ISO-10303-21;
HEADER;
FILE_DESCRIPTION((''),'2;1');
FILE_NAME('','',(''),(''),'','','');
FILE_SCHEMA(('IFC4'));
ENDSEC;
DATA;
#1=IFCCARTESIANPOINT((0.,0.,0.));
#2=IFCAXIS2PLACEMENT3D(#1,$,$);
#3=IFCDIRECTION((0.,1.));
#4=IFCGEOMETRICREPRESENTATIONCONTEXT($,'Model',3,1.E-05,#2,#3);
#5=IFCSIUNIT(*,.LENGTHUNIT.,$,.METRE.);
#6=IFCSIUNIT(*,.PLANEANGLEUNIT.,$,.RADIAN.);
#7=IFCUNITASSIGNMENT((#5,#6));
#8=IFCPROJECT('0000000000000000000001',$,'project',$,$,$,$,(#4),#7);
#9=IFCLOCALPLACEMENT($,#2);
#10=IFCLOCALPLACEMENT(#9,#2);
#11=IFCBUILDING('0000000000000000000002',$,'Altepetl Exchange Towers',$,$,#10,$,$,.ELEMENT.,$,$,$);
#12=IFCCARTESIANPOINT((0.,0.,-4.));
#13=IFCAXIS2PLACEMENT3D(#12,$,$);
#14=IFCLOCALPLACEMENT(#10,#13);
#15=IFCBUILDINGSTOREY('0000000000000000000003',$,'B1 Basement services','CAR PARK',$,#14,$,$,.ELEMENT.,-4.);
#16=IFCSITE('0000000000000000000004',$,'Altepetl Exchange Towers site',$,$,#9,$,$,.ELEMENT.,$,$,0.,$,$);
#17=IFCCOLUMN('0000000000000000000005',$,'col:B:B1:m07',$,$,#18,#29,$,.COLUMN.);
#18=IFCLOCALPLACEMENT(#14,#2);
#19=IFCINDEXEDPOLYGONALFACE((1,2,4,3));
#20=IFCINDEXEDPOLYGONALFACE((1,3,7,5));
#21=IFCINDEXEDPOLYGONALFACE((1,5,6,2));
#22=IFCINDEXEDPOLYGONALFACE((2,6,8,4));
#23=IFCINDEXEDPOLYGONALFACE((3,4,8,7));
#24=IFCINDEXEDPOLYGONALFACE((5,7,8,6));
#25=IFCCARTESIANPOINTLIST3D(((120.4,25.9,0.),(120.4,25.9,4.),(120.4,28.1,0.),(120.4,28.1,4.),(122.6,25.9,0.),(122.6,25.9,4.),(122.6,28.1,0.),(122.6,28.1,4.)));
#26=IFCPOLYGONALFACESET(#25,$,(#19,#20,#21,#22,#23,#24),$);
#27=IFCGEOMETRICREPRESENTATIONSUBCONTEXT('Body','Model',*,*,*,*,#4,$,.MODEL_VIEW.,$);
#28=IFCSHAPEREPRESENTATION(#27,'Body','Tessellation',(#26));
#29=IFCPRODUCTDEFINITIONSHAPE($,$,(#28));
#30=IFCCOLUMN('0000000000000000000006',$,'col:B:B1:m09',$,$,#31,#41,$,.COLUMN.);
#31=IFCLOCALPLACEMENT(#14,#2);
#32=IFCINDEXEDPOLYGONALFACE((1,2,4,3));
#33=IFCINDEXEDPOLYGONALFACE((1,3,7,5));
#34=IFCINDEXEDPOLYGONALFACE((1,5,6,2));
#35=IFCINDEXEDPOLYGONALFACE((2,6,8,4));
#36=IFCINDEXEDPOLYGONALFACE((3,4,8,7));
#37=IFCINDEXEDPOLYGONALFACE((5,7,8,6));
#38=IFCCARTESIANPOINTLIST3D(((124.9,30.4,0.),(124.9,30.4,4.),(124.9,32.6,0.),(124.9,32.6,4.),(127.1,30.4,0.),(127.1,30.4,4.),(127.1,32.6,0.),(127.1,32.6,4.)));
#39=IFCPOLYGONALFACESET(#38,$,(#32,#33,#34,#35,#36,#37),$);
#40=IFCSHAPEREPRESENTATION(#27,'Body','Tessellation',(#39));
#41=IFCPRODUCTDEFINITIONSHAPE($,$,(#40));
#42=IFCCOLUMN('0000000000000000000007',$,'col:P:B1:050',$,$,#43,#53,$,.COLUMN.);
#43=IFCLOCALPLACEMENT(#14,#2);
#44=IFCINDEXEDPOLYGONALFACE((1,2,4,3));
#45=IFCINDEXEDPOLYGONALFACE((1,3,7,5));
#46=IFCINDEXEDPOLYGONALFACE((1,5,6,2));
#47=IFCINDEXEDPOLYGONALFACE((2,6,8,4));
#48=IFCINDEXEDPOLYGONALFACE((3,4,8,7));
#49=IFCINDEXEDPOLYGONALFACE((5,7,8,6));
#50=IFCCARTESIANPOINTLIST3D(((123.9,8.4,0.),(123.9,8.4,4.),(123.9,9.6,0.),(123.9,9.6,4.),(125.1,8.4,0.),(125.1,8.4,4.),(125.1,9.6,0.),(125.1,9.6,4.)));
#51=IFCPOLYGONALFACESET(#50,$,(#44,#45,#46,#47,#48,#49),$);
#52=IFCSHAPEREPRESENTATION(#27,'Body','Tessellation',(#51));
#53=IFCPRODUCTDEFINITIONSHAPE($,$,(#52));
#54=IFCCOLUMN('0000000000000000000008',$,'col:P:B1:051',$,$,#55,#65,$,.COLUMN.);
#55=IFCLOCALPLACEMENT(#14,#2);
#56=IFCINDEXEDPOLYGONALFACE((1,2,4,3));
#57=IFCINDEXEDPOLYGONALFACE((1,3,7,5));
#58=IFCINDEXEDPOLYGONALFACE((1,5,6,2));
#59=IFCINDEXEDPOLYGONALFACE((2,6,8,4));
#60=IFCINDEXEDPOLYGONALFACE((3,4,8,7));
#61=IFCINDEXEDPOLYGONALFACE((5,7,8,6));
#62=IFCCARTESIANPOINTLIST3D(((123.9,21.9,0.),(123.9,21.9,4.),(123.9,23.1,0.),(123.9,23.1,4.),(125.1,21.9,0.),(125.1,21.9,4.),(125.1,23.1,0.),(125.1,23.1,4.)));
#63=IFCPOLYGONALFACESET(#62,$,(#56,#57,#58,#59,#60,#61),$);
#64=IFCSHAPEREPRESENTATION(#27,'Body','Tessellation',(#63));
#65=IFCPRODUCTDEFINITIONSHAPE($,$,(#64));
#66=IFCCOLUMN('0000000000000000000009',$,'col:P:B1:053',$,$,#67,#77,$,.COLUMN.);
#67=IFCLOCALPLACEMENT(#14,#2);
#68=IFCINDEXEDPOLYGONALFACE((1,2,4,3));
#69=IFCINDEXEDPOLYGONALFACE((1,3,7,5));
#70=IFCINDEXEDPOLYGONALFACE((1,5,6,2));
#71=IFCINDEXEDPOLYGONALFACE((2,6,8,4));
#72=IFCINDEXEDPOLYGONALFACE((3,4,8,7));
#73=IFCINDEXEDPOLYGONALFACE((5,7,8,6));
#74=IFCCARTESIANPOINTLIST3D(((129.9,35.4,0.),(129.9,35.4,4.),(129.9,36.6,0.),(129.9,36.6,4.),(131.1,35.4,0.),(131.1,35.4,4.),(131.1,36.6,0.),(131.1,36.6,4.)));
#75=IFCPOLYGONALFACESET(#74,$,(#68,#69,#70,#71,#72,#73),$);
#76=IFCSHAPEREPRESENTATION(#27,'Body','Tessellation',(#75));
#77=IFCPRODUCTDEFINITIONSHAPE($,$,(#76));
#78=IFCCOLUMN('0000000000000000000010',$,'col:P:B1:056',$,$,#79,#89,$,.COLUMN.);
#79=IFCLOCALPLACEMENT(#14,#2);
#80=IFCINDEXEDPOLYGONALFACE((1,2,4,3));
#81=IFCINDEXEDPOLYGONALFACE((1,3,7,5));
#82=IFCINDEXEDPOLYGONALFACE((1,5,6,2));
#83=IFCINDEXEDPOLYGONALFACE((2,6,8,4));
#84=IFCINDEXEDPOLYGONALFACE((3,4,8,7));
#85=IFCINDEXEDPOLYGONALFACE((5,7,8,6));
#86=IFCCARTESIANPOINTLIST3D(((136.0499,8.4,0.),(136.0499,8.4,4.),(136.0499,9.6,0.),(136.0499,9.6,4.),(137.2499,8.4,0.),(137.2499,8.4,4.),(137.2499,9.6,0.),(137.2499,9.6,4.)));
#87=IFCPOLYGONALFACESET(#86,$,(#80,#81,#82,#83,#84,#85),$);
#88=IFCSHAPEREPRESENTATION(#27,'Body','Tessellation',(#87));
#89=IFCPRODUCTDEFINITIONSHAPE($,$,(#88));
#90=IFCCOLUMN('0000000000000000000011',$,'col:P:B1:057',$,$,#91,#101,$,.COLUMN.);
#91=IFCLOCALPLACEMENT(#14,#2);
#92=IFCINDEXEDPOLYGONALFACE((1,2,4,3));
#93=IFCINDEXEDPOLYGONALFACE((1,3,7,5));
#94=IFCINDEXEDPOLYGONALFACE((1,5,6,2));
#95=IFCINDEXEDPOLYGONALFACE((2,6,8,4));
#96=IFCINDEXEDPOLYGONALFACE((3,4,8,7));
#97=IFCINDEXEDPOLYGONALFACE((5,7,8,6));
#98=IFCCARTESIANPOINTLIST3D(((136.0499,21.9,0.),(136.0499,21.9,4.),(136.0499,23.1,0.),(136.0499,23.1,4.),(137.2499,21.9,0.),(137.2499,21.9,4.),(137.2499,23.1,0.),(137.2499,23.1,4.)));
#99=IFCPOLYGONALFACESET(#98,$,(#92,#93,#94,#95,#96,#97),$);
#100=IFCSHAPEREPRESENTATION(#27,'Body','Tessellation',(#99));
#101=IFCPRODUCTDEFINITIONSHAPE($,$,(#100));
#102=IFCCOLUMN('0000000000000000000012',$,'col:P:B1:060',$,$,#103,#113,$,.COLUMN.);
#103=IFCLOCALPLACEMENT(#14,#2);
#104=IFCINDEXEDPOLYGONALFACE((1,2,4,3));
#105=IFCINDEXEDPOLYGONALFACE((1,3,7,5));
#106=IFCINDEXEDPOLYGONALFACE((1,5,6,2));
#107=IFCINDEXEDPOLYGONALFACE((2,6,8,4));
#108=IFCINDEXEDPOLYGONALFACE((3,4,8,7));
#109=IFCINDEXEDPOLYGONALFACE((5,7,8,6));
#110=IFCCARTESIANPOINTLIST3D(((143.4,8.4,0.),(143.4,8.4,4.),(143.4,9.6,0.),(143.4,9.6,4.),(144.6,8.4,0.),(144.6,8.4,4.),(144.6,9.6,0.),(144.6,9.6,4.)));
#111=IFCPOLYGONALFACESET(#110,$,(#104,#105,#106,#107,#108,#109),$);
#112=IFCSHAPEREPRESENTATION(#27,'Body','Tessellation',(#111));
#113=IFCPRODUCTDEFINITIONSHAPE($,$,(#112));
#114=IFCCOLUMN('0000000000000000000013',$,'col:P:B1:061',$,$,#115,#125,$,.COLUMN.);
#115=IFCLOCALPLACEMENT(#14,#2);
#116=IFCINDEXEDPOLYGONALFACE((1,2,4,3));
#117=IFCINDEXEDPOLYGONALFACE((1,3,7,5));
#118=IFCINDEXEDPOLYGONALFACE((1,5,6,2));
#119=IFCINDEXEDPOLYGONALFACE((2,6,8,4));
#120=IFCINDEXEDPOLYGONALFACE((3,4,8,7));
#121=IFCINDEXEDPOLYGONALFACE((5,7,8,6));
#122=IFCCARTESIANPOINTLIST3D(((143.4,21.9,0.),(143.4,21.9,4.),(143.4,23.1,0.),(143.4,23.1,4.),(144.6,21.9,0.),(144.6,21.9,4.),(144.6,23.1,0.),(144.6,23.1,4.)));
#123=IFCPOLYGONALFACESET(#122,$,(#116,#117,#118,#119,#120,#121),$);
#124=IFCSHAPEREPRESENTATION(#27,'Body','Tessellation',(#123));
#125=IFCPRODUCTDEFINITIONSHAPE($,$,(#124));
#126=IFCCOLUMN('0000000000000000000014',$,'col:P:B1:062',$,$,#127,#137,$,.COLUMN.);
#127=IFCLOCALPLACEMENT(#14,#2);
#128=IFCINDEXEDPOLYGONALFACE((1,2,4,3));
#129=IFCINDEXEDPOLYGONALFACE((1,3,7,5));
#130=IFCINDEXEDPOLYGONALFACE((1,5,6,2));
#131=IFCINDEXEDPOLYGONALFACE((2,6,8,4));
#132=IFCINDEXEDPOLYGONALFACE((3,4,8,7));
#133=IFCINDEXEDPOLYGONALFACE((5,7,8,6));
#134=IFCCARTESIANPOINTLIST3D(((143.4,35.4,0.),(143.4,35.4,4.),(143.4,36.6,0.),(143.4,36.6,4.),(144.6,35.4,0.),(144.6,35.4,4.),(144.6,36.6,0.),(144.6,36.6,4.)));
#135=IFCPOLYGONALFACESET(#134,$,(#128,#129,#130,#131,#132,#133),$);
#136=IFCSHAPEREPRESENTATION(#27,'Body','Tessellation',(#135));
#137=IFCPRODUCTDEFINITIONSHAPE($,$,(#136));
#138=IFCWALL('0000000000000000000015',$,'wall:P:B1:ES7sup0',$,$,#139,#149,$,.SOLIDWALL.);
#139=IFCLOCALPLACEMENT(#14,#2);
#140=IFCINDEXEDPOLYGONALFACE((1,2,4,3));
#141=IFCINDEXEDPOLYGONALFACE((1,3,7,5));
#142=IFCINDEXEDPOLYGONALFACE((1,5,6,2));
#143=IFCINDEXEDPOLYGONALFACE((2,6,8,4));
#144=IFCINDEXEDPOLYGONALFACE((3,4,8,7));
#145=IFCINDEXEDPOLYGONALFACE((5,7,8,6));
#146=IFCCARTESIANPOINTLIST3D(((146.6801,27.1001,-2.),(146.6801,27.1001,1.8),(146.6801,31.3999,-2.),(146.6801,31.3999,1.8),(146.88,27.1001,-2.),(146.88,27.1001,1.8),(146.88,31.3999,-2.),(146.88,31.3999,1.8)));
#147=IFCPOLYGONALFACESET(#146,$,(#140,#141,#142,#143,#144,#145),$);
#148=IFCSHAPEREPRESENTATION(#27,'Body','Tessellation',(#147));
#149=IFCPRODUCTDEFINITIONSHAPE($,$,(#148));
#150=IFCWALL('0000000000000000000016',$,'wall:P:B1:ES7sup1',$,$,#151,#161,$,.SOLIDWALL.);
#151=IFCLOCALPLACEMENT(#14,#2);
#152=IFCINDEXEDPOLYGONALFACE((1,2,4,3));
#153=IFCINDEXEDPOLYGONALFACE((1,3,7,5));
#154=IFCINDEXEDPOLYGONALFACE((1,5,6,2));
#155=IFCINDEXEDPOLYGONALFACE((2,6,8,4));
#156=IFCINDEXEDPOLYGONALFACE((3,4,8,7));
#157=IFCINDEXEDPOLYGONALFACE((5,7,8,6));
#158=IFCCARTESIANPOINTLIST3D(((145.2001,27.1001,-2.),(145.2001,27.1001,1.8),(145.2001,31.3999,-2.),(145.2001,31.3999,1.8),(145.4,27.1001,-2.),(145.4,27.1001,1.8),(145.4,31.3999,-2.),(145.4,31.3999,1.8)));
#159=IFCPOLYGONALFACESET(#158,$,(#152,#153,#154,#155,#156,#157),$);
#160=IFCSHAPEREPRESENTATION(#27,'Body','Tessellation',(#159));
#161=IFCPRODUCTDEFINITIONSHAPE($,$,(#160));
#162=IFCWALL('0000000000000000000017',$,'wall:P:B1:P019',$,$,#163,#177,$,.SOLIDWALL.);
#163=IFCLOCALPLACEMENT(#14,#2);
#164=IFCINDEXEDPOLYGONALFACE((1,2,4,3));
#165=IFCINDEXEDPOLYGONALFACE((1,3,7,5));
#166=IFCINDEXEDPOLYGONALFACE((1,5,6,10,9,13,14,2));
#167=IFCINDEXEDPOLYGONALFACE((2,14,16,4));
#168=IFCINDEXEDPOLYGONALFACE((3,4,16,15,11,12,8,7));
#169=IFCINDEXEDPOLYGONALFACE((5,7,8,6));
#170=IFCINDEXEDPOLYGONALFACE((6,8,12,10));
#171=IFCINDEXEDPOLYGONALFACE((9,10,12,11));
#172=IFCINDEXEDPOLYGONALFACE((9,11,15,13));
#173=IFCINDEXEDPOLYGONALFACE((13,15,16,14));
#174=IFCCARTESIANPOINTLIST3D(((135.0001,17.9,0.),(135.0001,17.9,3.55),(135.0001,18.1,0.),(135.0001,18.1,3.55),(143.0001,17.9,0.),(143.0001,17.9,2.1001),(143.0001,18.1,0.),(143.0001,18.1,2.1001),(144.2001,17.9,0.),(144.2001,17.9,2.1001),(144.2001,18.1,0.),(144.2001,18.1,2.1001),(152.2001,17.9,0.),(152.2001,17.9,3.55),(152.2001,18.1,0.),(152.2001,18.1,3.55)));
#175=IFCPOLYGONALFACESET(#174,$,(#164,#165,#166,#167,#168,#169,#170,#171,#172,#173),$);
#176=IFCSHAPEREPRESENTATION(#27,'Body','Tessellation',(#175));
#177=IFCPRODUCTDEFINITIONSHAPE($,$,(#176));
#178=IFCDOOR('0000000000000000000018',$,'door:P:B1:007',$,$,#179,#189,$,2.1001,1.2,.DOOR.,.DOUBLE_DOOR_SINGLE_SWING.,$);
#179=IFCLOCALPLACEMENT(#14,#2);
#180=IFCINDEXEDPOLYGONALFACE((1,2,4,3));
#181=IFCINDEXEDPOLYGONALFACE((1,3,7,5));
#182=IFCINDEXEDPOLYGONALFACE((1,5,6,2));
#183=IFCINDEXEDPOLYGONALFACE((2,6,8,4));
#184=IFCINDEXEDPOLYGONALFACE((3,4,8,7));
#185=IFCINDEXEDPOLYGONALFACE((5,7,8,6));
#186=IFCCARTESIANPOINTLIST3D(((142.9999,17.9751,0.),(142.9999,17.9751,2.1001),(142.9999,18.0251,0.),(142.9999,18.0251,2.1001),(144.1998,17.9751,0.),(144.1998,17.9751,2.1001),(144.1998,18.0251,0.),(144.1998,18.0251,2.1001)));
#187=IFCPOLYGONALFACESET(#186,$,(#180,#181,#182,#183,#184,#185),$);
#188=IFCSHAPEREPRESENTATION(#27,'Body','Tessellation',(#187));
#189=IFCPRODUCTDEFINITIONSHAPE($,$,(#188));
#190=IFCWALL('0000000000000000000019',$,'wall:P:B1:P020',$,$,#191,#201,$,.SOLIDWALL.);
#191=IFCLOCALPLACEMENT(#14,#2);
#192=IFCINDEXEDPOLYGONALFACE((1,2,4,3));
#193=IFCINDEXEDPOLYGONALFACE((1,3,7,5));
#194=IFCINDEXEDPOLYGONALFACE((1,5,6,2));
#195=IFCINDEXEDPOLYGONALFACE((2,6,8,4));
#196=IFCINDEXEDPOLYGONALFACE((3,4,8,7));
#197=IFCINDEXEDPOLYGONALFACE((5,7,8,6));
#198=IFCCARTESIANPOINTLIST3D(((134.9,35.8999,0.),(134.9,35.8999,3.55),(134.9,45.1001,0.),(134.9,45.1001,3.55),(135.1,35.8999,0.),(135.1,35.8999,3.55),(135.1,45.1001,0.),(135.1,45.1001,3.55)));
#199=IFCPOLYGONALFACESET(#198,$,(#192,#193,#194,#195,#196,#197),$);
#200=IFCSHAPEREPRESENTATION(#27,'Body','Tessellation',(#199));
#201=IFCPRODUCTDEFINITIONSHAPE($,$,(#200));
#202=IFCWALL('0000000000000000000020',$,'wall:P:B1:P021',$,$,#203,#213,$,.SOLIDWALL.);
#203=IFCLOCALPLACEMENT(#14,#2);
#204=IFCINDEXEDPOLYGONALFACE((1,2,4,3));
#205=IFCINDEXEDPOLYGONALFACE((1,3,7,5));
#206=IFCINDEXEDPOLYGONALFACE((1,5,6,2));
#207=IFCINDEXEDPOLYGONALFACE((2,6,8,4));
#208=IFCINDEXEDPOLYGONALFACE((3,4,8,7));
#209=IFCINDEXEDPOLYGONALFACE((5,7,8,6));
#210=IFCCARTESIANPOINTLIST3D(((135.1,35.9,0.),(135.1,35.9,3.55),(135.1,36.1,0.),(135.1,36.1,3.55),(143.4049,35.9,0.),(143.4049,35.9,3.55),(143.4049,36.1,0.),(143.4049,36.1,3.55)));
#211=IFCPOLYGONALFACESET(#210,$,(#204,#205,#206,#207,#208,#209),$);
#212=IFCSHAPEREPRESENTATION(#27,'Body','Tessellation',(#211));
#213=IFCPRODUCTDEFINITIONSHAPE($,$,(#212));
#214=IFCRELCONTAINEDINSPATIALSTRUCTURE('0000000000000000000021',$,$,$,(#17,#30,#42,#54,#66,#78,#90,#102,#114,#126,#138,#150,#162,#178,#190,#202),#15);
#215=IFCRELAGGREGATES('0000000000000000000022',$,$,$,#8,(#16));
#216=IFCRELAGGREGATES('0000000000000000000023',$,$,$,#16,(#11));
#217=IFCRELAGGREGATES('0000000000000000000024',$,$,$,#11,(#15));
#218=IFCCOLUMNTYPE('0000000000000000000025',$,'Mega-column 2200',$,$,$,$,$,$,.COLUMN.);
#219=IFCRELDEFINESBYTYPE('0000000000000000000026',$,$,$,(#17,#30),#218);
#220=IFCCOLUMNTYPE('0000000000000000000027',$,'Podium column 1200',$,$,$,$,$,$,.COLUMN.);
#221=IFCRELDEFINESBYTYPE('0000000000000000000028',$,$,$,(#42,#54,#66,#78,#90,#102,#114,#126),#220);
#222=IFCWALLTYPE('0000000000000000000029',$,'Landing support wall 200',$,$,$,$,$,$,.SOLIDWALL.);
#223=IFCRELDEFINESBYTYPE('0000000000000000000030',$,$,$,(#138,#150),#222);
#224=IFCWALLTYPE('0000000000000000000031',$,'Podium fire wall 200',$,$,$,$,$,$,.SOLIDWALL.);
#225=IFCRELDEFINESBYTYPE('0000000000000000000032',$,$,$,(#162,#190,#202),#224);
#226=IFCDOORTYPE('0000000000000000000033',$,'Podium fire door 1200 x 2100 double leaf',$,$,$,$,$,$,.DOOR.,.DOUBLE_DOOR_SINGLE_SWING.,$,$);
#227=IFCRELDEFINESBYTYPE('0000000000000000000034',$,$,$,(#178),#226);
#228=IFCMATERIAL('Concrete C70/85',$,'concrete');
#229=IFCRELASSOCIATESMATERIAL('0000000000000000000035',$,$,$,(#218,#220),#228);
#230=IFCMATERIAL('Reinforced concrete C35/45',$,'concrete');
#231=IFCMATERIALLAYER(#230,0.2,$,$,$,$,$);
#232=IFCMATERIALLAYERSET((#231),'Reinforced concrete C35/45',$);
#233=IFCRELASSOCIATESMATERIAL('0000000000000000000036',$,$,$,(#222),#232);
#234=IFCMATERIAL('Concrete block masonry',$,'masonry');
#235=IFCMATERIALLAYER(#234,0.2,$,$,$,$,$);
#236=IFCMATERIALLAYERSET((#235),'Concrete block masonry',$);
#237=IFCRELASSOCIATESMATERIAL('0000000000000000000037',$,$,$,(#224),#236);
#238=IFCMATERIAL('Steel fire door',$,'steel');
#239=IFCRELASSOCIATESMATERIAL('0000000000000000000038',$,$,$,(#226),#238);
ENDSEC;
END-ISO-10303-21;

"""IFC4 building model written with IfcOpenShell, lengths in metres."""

from ifc_helpers import new_model, si_unit, direction, frame, frame_2d, origin, origin_2d, place, context, subcontext, project, spatial, rectangle, extrude, material, layer, layer_set, material_profile, profile_set, type_object, element, fill, save


model = new_model("IFC4")

# Units and contexts
model_context = context("Model", 3, precision=1e-05, world=origin(), true_north=direction((0.0, 1.0)))
body_context = subcontext(model_context, "Body", "Model", "MODEL_VIEW")
ifc_project = project(units=[si_unit("LENGTHUNIT", "METRE"), si_unit("PLANEANGLEUNIT", "RADIAN")], contexts=[model_context])

# Site, building, storey
site_placement = place(None, origin())
site = spatial("IfcSite", under=ifc_project, at=site_placement, Name="Altepetl Exchange Towers site", CompositionType="ELEMENT", RefElevation=0.0)
building_placement = place(site_placement, origin())
building = spatial("IfcBuilding", under=site, at=building_placement, Name="Altepetl Exchange Towers", CompositionType="ELEMENT")
storey_placement = place(building_placement, frame((0.0, 0.0, -4.0)))
storey = spatial("IfcBuildingStorey", under=building, at=storey_placement, Name="B1 Basement services", Description="CAR PARK", CompositionType="ELEMENT", Elevation=-4.0)

# Columns
ifc_material_1 = material(Name="Concrete C70/85", Category="concrete")
ifc_material_profile_1 = material_profile(ifc_material_1, rectangle(XDim=2.2, YDim=2.2, at=origin_2d()), Name="2200 x 2200")
ifc_profile_set_1 = profile_set([ifc_material_profile_1], Name="Concrete C70/85")
column_type_1 = type_object("IfcColumnType", Name="Mega-column 2200", PredefinedType="COLUMN", material=ifc_profile_set_1)
for number, where, name in (
    (1, (121.5, 27.0, 0.0), "col:B:B1:m07"),
    (2, (126.0, 31.5, 0.0), "col:B:B1:m09"),
):
    element("IfcColumn", number, at=place(storey_placement, frame(where)), inside=storey, type_object=column_type_1, Name=name, PredefinedType="COLUMN", context=body_context, shape_type="SweptSolid", body=[
        extrude(rectangle(XDim=2.2, YDim=2.2, at=origin_2d()), origin(), (0.0, 0.0, 1.0), 4.0),
    ])
ifc_material_profile_2 = material_profile(ifc_material_1, rectangle(XDim=1.2, YDim=1.2, at=origin_2d()), Name="1200 x 1200")
ifc_profile_set_2 = profile_set([ifc_material_profile_2], Name="Concrete C70/85")
column_type_2 = type_object("IfcColumnType", Name="Podium column 1200", PredefinedType="COLUMN", material=ifc_profile_set_2)
for number, where, name in (
    (3, (124.5, 9.0, 0.0), "col:P:B1:050"),
    (4, (124.5, 22.5, 0.0), "col:P:B1:051"),
    (5, (130.5, 36.0, 0.0), "col:P:B1:053"),
    (6, (136.6499, 9.0, 0.0), "col:P:B1:056"),
    (7, (136.6499, 22.5, 0.0), "col:P:B1:057"),
    (8, (144.0, 9.0, 0.0), "col:P:B1:060"),
    (9, (144.0, 22.5, 0.0), "col:P:B1:061"),
    (10, (144.0, 36.0, 0.0), "col:P:B1:062"),
):
    element("IfcColumn", number, at=place(storey_placement, frame(where)), inside=storey, type_object=column_type_2, Name=name, PredefinedType="COLUMN", context=body_context, shape_type="SweptSolid", body=[
        extrude(rectangle(XDim=1.2, YDim=1.2, at=origin_2d()), origin(), (0.0, 0.0, 1.0), 4.0),
    ])

# Walls
ifc_material_2 = material(Name="Reinforced concrete C35/45", Category="concrete")
ifc_layer_1 = layer(ifc_material_2, 0.2)
ifc_layer_set_1 = layer_set([ifc_layer_1], Name="Reinforced concrete C35/45")
wall_type_1 = type_object("IfcWallType", Name="Landing support wall 200", PredefinedType="SOLIDWALL", material=ifc_layer_set_1)
for number, where, z_axis, x_axis, name in (
    (11, (146.78, 27.1001, -2.0), (0.0, 0.0, 1.0), (0.0, 1.0, 0.0), "wall:P:B1:ES7sup0"),
    (12, (145.3, 27.1001, -2.0), (0.0, 0.0, 1.0), (0.0, 1.0, 0.0), "wall:P:B1:ES7sup1"),
):
    element("IfcWall", number, at=place(storey_placement, frame(where, z_axis=z_axis, x_axis=x_axis)), inside=storey, type_object=wall_type_1, Name=name, PredefinedType="SOLIDWALL", context=body_context, shape_type="SweptSolid", body=[
        extrude(rectangle(XDim=4.2998, YDim=0.2, at=frame_2d((2.1499, 0.0))), origin(), (0.0, 0.0, 1.0), 3.8),
    ])

# Wall, opening, door
ifc_material_3 = material(Name="Concrete block masonry", Category="masonry")
ifc_layer_2 = layer(ifc_material_3, 0.2)
ifc_layer_set_2 = layer_set([ifc_layer_2], Name="Concrete block masonry")
wall_type_2 = type_object("IfcWallType", Name="Podium fire wall 200", PredefinedType="SOLIDWALL", material=ifc_layer_set_2)
wall_1_placement = place(storey_placement, frame((135.0, 18.0, 0.0)))
wall_1 = element("IfcWall", 13, at=wall_1_placement, inside=storey, type_object=wall_type_2, Name="wall:P:B1:P019", PredefinedType="SOLIDWALL", context=body_context, shape_type="SweptSolid", body=[
    extrude(rectangle(XDim=17.2, YDim=0.2, at=frame_2d((8.6001, 0.0))), origin(), (0.0, 0.0, 1.0), 3.55),
])
opening_1_placement = place(wall_1_placement, frame((8.0, 0.0, 0.0)))
opening_1 = element("IfcOpeningElement", 14, at=opening_1_placement, cuts=wall_1, PredefinedType="OPENING", context=body_context, shape_type="SweptSolid", body=[
    extrude(rectangle(XDim=1.2, YDim=2.1001, at=frame_2d((0.6001, 1.05))), frame((0.0, 0.1099, 0.0), z_axis=(0.0, -1.0, 0.0), x_axis=(1.0, 0.0, 0.0)), (0.0, 0.0, 1.0), 0.22),
])
ifc_material_4 = material(Name="Steel fire door", Category="steel")
door_type_1 = type_object("IfcDoorType", Name="Podium fire door 1200 x 2100 double leaf", OperationType="DOUBLE_DOOR_SINGLE_SWING", PredefinedType="DOOR", material=ifc_material_4)
door_1_placement = place(opening_1_placement, frame((1.2, 0.0, 0.0), x_axis=(-1.0, 0.0, 0.0)))
door_1 = element("IfcDoor", 15, at=door_1_placement, inside=storey, type_object=door_type_1, Name="door:P:B1:007", OperationType="DOUBLE_DOOR_SINGLE_SWING", OverallHeight=2.1001, OverallWidth=1.2, PredefinedType="DOOR", context=body_context, shape_type="SweptSolid", body=[
    extrude(rectangle(XDim=1.2, YDim=2.1001, at=frame_2d((0.6001, 1.05))), frame((0.0, 0.0249, 0.0), z_axis=(0.0, -1.0, 0.0), x_axis=(1.0, 0.0, 0.0)), (0.0, 0.0, 1.0), 0.05),
])
fill(opening_1, door_1)

# Walls
wall_2_placement = place(storey_placement, frame((135.0, 35.8999, 0.0), z_axis=(0.0, 0.0, 1.0), x_axis=(0.0, 1.0, 0.0)))
element("IfcWall", 16, at=wall_2_placement, inside=storey, type_object=wall_type_2, Name="wall:P:B1:P020", PredefinedType="SOLIDWALL", context=body_context, shape_type="SweptSolid", body=[
    extrude(rectangle(XDim=9.2002, YDim=0.2, at=frame_2d((4.6001, 0.0))), origin(), (0.0, 0.0, 1.0), 3.55),
])
wall_3_placement = place(storey_placement, frame((135.1001, 36.0, 0.0)))
element("IfcWall", 17, at=wall_3_placement, inside=storey, type_object=wall_type_2, Name="wall:P:B1:P021", PredefinedType="SOLIDWALL", context=body_context, shape_type="SweptSolid", body=[
    extrude(rectangle(XDim=8.3049, YDim=0.2, at=frame_2d((4.1523, 0.0))), origin(), (0.0, 0.0, 1.0), 3.55),
])

save(model, "model.ifc")
